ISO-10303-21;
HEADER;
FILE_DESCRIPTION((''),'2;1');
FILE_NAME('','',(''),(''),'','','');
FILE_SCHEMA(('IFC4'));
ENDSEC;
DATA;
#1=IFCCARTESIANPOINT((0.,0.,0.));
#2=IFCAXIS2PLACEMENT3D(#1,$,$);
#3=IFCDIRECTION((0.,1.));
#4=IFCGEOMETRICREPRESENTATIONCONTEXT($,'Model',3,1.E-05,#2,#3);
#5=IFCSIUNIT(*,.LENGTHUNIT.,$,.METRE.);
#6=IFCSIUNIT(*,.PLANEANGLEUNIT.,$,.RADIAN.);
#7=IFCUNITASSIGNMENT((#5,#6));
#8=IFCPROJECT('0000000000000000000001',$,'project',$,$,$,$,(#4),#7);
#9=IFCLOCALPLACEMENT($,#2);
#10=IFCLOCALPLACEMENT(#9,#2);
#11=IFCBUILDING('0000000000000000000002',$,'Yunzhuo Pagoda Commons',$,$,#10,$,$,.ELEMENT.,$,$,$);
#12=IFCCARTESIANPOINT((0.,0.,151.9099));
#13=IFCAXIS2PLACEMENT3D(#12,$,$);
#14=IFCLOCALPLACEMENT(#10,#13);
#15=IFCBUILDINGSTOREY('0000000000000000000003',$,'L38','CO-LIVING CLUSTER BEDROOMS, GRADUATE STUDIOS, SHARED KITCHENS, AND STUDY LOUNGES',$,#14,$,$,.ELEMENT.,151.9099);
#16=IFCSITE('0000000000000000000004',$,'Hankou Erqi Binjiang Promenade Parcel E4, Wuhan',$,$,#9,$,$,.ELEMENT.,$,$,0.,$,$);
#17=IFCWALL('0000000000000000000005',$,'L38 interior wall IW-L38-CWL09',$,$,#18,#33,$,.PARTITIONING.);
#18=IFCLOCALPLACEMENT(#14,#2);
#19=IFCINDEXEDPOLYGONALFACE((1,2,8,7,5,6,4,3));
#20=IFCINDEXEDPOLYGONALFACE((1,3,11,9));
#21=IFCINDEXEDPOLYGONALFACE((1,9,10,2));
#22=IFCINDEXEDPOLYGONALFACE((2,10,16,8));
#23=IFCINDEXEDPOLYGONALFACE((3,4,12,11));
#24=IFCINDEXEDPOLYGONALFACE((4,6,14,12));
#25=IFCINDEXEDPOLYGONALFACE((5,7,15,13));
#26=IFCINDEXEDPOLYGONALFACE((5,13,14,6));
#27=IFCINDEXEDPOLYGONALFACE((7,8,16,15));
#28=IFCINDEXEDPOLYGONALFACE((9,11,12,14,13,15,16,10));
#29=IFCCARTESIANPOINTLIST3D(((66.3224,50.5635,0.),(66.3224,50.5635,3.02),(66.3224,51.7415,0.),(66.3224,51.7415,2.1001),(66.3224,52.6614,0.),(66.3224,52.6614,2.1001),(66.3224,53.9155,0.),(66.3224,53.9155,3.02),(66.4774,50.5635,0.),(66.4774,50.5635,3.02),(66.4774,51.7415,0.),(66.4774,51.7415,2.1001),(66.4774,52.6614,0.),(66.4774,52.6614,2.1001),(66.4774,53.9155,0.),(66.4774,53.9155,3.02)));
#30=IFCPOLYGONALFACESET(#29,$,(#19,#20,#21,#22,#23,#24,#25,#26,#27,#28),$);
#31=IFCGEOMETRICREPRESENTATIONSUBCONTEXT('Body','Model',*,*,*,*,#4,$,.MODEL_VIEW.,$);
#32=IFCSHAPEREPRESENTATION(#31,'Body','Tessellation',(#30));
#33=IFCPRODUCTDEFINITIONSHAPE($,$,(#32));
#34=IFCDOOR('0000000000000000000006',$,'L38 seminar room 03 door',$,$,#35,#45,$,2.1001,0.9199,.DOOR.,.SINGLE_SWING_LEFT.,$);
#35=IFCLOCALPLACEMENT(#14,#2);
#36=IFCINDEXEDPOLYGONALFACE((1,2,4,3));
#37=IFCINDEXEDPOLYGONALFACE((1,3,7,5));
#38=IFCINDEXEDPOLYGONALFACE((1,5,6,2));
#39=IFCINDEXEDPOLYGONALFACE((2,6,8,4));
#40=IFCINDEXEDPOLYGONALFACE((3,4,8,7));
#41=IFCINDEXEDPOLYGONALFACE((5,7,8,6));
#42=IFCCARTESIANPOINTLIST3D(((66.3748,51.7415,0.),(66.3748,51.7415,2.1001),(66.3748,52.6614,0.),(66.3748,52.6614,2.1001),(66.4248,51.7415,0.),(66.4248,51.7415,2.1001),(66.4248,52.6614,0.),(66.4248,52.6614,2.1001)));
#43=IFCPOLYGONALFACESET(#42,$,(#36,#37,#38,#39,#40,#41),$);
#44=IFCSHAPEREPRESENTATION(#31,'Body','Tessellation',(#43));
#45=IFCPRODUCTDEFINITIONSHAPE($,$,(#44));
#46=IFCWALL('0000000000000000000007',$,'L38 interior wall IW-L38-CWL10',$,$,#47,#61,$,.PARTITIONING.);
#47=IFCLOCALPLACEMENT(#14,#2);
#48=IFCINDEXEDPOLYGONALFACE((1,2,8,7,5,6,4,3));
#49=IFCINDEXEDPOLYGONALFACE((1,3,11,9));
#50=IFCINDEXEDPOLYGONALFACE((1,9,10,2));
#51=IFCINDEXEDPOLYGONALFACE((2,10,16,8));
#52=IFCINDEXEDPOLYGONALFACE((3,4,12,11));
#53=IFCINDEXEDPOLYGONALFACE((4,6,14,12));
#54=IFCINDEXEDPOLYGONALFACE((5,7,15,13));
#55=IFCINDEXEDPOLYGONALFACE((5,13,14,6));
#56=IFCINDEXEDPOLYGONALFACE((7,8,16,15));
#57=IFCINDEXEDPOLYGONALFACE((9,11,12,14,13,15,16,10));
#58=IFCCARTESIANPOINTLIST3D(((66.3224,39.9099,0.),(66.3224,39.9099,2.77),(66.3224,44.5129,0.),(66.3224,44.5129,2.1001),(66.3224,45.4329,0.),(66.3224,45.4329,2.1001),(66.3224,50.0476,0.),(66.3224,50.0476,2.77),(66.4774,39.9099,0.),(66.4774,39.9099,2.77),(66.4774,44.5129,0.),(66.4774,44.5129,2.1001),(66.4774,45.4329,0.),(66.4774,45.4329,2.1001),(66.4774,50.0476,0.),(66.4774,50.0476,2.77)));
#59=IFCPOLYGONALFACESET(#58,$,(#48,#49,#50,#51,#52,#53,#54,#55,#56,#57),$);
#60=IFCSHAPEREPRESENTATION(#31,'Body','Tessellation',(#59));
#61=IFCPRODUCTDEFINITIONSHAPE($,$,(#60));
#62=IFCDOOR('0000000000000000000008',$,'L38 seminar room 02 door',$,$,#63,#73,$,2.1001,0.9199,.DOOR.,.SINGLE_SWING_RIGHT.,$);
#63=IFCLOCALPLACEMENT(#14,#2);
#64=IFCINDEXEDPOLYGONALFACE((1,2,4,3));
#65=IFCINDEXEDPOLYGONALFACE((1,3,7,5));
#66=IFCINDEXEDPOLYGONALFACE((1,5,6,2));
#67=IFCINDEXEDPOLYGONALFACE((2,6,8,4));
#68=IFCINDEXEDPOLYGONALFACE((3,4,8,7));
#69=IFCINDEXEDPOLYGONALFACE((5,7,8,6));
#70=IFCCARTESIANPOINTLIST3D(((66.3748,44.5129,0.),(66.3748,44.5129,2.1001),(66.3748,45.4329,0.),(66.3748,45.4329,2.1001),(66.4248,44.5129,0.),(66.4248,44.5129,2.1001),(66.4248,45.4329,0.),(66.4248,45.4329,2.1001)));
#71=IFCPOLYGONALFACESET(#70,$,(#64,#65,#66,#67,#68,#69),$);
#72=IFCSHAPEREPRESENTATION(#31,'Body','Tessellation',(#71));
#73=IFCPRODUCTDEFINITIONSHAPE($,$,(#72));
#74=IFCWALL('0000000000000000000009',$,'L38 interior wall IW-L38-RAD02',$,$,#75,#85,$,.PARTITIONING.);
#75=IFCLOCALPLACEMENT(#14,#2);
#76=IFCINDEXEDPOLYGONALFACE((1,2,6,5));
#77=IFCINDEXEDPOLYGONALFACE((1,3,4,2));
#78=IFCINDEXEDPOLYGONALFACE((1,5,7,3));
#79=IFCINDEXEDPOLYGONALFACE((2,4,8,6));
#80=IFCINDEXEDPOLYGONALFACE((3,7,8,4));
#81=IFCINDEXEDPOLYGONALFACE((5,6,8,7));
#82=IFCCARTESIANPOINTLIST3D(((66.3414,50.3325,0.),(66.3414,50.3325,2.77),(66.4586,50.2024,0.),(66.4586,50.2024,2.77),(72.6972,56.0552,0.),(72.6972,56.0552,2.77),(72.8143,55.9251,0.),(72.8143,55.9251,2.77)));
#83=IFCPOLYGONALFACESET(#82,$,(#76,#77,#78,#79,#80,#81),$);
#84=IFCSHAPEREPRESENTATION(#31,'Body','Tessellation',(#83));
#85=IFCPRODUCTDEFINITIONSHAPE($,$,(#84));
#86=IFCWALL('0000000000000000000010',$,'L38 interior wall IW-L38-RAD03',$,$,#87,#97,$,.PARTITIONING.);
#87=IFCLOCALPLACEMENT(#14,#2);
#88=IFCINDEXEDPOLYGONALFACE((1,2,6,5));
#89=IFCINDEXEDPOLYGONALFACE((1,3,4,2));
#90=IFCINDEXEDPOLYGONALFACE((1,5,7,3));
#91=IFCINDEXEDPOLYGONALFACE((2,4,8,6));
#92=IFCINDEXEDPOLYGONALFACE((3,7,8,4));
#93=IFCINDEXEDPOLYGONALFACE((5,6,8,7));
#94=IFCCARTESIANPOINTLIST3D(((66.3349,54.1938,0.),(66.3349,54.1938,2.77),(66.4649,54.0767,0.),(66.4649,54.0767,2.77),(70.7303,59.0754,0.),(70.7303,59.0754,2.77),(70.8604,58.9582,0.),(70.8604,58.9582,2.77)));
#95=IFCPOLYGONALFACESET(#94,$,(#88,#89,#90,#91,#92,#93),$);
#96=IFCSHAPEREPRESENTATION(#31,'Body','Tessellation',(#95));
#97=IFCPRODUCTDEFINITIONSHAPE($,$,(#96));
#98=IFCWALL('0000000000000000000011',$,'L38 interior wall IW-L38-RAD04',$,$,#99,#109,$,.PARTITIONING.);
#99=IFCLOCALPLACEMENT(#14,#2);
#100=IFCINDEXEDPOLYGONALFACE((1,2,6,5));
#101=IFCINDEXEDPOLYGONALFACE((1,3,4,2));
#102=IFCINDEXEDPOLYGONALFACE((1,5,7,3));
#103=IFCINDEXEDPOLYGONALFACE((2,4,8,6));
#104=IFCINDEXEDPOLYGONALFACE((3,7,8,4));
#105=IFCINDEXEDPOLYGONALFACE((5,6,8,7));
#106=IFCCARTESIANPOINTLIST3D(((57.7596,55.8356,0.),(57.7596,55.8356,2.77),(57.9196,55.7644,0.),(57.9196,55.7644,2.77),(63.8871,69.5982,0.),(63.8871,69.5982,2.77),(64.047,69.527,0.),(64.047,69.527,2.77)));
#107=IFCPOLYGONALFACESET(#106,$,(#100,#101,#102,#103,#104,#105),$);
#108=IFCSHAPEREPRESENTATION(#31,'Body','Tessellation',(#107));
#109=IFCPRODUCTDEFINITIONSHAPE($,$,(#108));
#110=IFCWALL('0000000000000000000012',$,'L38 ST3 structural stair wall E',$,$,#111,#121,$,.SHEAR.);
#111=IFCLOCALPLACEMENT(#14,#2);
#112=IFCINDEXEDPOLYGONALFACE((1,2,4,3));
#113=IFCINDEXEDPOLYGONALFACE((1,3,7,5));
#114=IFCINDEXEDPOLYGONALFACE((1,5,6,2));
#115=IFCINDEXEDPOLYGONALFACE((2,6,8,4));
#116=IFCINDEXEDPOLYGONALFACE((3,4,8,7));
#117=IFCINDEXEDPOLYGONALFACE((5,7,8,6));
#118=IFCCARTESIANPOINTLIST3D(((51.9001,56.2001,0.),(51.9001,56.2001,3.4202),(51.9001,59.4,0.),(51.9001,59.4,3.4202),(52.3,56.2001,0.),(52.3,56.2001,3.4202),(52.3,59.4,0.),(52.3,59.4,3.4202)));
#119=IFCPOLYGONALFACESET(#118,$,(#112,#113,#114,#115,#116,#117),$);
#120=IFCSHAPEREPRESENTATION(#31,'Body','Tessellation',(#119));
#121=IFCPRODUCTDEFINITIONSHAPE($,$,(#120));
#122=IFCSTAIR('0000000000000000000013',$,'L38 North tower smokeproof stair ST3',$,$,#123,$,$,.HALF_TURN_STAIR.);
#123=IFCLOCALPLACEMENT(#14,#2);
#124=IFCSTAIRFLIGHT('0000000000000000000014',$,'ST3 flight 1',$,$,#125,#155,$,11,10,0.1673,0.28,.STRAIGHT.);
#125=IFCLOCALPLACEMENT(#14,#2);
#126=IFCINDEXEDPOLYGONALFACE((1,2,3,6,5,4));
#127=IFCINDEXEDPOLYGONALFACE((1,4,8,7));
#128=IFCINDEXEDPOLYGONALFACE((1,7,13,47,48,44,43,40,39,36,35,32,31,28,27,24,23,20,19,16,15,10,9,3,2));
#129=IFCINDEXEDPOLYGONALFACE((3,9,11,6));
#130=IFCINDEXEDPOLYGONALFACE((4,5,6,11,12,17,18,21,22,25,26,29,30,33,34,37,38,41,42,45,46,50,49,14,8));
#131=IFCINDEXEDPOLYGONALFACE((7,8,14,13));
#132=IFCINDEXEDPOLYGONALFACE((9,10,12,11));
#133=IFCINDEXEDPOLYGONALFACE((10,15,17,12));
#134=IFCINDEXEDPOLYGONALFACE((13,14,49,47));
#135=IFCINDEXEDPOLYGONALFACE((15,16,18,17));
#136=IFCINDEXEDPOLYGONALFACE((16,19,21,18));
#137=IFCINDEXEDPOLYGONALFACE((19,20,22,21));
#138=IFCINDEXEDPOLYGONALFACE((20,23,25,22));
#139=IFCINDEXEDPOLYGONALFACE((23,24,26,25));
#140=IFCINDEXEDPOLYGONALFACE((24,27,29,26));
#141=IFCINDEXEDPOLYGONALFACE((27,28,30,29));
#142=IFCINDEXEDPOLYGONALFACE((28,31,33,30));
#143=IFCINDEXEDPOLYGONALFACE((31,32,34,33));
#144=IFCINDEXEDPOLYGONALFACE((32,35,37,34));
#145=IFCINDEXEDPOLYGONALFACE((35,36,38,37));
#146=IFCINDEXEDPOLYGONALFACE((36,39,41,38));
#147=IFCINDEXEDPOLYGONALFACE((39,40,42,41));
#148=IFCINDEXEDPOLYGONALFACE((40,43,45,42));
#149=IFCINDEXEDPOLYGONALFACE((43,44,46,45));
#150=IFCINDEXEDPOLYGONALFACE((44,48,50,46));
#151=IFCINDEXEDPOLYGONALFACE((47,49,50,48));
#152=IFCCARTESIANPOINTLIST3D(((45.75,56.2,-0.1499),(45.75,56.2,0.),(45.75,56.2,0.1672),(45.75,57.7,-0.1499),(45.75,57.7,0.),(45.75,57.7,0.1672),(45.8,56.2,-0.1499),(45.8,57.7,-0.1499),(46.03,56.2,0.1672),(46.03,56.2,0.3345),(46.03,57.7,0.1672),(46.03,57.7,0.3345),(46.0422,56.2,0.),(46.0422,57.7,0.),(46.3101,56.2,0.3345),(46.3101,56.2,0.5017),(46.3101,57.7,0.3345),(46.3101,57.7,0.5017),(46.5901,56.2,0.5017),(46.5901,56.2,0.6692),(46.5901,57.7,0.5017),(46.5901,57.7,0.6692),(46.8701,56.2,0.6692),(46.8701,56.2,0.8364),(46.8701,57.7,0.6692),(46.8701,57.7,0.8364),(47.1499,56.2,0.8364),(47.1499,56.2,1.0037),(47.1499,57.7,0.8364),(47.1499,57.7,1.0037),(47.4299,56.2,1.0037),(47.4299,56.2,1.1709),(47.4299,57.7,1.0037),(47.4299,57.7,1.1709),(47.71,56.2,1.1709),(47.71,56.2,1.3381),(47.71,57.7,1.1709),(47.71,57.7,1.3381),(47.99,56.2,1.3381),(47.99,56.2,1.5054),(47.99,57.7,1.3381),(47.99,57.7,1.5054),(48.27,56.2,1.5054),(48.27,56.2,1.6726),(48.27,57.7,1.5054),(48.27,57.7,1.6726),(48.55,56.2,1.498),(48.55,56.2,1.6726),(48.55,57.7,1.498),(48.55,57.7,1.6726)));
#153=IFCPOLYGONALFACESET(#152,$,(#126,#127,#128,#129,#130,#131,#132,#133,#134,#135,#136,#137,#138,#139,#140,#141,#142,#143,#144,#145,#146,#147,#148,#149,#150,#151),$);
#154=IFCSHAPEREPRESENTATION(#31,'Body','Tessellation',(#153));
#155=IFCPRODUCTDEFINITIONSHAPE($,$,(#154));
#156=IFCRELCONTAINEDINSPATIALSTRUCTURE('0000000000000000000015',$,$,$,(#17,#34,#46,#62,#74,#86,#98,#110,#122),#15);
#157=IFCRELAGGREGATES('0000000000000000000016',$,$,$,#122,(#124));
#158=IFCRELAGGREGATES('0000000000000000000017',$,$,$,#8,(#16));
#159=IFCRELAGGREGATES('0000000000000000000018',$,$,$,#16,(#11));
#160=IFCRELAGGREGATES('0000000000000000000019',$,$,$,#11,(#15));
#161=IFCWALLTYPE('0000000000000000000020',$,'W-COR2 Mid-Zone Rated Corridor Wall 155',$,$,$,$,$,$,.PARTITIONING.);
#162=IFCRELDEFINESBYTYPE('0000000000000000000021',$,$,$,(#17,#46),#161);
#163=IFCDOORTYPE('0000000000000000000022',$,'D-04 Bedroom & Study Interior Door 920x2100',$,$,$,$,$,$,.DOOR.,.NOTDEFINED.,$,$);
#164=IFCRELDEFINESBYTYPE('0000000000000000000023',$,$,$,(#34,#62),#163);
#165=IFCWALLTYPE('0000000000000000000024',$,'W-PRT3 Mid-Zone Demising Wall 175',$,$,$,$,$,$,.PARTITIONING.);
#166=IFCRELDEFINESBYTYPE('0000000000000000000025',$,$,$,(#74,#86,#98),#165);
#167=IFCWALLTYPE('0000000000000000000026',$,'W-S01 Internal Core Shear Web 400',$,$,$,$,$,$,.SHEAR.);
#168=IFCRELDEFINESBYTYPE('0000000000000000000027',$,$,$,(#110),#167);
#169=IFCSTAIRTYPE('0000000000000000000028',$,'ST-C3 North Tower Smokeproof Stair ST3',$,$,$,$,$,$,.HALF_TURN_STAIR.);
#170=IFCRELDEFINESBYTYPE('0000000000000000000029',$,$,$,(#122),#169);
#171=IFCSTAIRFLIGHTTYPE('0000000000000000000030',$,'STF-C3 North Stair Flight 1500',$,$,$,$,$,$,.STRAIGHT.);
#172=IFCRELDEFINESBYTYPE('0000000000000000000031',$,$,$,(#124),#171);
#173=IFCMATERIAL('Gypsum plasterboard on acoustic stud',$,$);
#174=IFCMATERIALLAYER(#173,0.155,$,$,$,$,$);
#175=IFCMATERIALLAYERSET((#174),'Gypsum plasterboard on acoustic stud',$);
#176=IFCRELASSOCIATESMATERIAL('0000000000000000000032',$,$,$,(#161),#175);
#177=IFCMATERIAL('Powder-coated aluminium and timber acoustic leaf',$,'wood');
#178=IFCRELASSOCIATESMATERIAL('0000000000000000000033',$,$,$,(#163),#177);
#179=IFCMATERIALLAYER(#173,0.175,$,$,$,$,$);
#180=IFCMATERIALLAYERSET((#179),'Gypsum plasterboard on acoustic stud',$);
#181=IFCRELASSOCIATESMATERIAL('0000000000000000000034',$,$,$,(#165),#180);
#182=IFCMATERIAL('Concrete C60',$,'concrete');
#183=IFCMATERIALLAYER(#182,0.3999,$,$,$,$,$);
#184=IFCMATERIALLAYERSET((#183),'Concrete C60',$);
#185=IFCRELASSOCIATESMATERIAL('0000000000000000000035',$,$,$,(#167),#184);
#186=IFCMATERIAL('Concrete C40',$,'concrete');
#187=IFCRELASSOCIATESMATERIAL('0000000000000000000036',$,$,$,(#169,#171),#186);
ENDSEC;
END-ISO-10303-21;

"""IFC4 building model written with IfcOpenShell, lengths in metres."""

from ifc_helpers import new_model, si_unit, direction, frame, frame_2d, origin, origin_with_axes, place, context, subcontext, project, spatial, polyline, rectangle, outline, extrude, source, transform, mapped, material, layer, layer_set, type_object, element, fill, aggregate, save


model = new_model("IFC4")

# Units and contexts
model_context = context("Model", 3, precision=1e-05, world=origin(), true_north=direction((0.0, 1.0)))
body_context = subcontext(model_context, "Body", "Model", "MODEL_VIEW")
ifc_project = project(units=[si_unit("LENGTHUNIT", "METRE"), si_unit("PLANEANGLEUNIT", "RADIAN")], contexts=[model_context])

# Site, building, storey
site_placement = place(None, origin())
site = spatial("IfcSite", under=ifc_project, at=site_placement, Name="Hankou Erqi Binjiang Promenade Parcel E4, Wuhan", CompositionType="ELEMENT", RefElevation=0.0)
building_placement = place(site_placement, origin())
building = spatial("IfcBuilding", under=site, at=building_placement, Name="Yunzhuo Pagoda Commons", CompositionType="ELEMENT")
storey_placement = place(building_placement, frame((0.0, 0.0, 151.9099)))
storey = spatial("IfcBuildingStorey", under=building, at=storey_placement, Name="L38", Description="CO-LIVING CLUSTER BEDROOMS, GRADUATE STUDIOS, SHARED KITCHENS, AND STUDY LOUNGES", CompositionType="ELEMENT", Elevation=151.9099)

# Shared definitions
ifc_material_1 = material(Name="Gypsum plasterboard on acoustic stud")
ifc_layer_1 = layer(ifc_material_1, 0.155)
ifc_layer_set_1 = layer_set([ifc_layer_1], Name="Gypsum plasterboard on acoustic stud")
wall_type_1 = type_object("IfcWallType", Name="W-COR2 Mid-Zone Rated Corridor Wall 155", PredefinedType="PARTITIONING", material=ifc_layer_set_1)

# Shared definitions
ifc_material_2 = material(Name="Powder-coated aluminium and timber acoustic leaf", Category="wood")
door_type = type_object("IfcDoorType", Name="D-04 Bedroom & Study Interior Door 920x2100", OperationType="NOTDEFINED", PredefinedType="DOOR", material=ifc_material_2)
shared_shape_1 = source(origin(), body_context, "Body", "SweptSolid", [
    extrude(rectangle(XDim=0.9199, YDim=2.1001, at=frame_2d((0.46, 1.05))), frame((0.0, 0.0249, 0.0), z_axis=(0.0, -1.0, 0.0), x_axis=(1.0, 0.0, 0.0)), (0.0, 0.0, 1.0), 0.05),
])

# Walls, openings, doors
wall_1_placement = place(storey_placement, frame((66.3999, 53.9155, 0.0), z_axis=(0.0, 0.0, 1.0), x_axis=(0.0, -1.0, 0.0)))
wall_1 = element("IfcWall", 1, at=wall_1_placement, inside=storey, type_object=wall_type_1, Name="L38 interior wall IW-L38-CWL09", PredefinedType="PARTITIONING", context=body_context, shape_type="SweptSolid", body=[
    extrude(rectangle(XDim=3.3521, YDim=0.155, at=frame_2d((1.676, 0.0))), origin(), (0.0, 0.0, 1.0), 3.02),
])
opening_1_placement = place(wall_1_placement, frame((1.2542, 0.0, 0.0)))
opening_1 = element("IfcOpeningElement", 2, at=opening_1_placement, cuts=wall_1, PredefinedType="OPENING", context=body_context, shape_type="SweptSolid", body=[
    extrude(rectangle(XDim=0.9199, YDim=2.1001, at=frame_2d((0.46, 1.05))), frame((0.0, 0.0874, 0.0), z_axis=(0.0, -1.0, 0.0), x_axis=(1.0, 0.0, 0.0)), (0.0, 0.0, 1.0), 0.175),
])
door_1_placement = place(opening_1_placement, origin_with_axes())
door_1 = element("IfcDoor", 3, at=door_1_placement, inside=storey, type_object=door_type, Name="L38 seminar room 03 door", OperationType="SINGLE_SWING_LEFT", OverallHeight=2.1001, OverallWidth=0.9199, PredefinedType="DOOR", context=body_context, shape_type="MappedRepresentation", body=[
    mapped(shared_shape_1, transform((0.0, 0.0, 0.0), scale=1.0)),
])
fill(opening_1, door_1)
wall_2_placement = place(storey_placement, frame((66.3999, 50.0476, 0.0), z_axis=(0.0, 0.0, 1.0), x_axis=(0.0, -1.0, 0.0)))
wall_2 = element("IfcWall", 4, at=wall_2_placement, inside=storey, type_object=wall_type_1, Name="L38 interior wall IW-L38-CWL10", PredefinedType="PARTITIONING", context=body_context, shape_type="SweptSolid", body=[
    extrude(rectangle(XDim=10.1377, YDim=0.155, at=frame_2d((5.0688, 0.0))), origin(), (0.0, 0.0, 1.0), 2.77),
])
opening_2_placement = place(wall_2_placement, frame((4.6147, 0.0, 0.0)))
opening_2 = element("IfcOpeningElement", 5, at=opening_2_placement, cuts=wall_2, PredefinedType="OPENING", context=body_context, shape_type="SweptSolid", body=[
    extrude(rectangle(XDim=0.9199, YDim=2.1001, at=frame_2d((0.46, 1.05))), frame((0.0, 0.0874, 0.0), z_axis=(0.0, -1.0, 0.0), x_axis=(1.0, 0.0, 0.0)), (0.0, 0.0, 1.0), 0.175),
])
door_2_placement = place(opening_2_placement, origin_with_axes())
door_2 = element("IfcDoor", 6, at=door_2_placement, inside=storey, type_object=door_type, Name="L38 seminar room 02 door", OperationType="SINGLE_SWING_RIGHT", OverallHeight=2.1001, OverallWidth=0.9199, PredefinedType="DOOR", context=body_context, shape_type="MappedRepresentation", body=[
    mapped(shared_shape_1, transform((0.0, 0.0, 0.0), scale=1.0)),
])
fill(opening_2, door_2)

# Walls
ifc_layer_2 = layer(ifc_material_1, 0.175)
ifc_layer_set_2 = layer_set([ifc_layer_2], Name="Gypsum plasterboard on acoustic stud")
wall_type_2 = type_object("IfcWallType", Name="W-PRT3 Mid-Zone Demising Wall 175", PredefinedType="PARTITIONING", material=ifc_layer_set_2)
wall_3_placement = place(storey_placement, frame((66.3999, 50.2673, 0.0), z_axis=(0.0, 0.0, 1.0), x_axis=(0.743148, 0.669127, 0.0)))
element("IfcWall", 7, at=wall_3_placement, inside=storey, type_object=wall_type_2, Name="L38 interior wall IW-L38-RAD02", PredefinedType="PARTITIONING", context=body_context, shape_type="SweptSolid", body=[
    extrude(rectangle(XDim=8.5525, YDim=0.175, at=frame_2d((4.2764, 0.0))), origin(), (0.0, 0.0, 1.0), 2.77),
])
wall_4_placement = place(storey_placement, frame((66.3999, 54.1353, 0.0), z_axis=(0.0, 0.0, 1.0), x_axis=(0.669139, 0.743137, 0.0)))
element("IfcWall", 8, at=wall_4_placement, inside=storey, type_object=wall_type_2, Name="L38 interior wall IW-L38-RAD03", PredefinedType="PARTITIONING", context=body_context, shape_type="SweptSolid", body=[
    extrude(rectangle(XDim=6.5688, YDim=0.175, at=frame_2d((3.2844, 0.0))), origin(), (0.0, 0.0, 1.0), 2.77),
])
wall_5_placement = place(storey_placement, frame((57.8396, 55.8, 0.0), z_axis=(0.0, 0.0, 1.0), x_axis=(0.406737, 0.913545, 0.0)))
element("IfcWall", 9, at=wall_5_placement, inside=storey, type_object=wall_type_2, Name="L38 interior wall IW-L38-RAD04", PredefinedType="PARTITIONING", context=body_context, shape_type="SweptSolid", body=[
    extrude(rectangle(XDim=15.0649, YDim=0.175, at=frame_2d((7.5325, 0.0))), origin(), (0.0, 0.0, 1.0), 2.77),
])
ifc_material_3 = material(Name="Concrete C60", Category="concrete")
ifc_layer_3 = layer(ifc_material_3, 0.3999)
ifc_layer_set_3 = layer_set([ifc_layer_3], Name="Concrete C60")
wall_type_3 = type_object("IfcWallType", Name="W-S01 Internal Core Shear Web 400", PredefinedType="SHEAR", material=ifc_layer_set_3)
wall_6_placement = place(storey_placement, frame((52.1001, 56.2, 0.0), z_axis=(0.0, 0.0, 1.0), x_axis=(0.0, 1.0, 0.0)))
element("IfcWall", 10, at=wall_6_placement, inside=storey, type_object=wall_type_3, Name="L38 ST3 structural stair wall E", PredefinedType="SHEAR", context=body_context, shape_type="SweptSolid", body=[
    extrude(rectangle(XDim=3.2, YDim=0.3999, at=frame_2d((1.6001, 0.0))), origin(), (0.0, 0.0, 1.0), 3.4202),
])

# Stair, stair flight
ifc_material_4 = material(Name="Concrete C40", Category="concrete")
stair_type = type_object("IfcStairType", Name="ST-C3 North Tower Smokeproof Stair ST3", PredefinedType="HALF_TURN_STAIR", material=ifc_material_4)
stair_placement = place(storey_placement, origin())
stair = element("IfcStair", 11, at=stair_placement, inside=storey, type_object=stair_type, Name="L38 North tower smokeproof stair ST3", PredefinedType="HALF_TURN_STAIR")
stair_flight_type = type_object("IfcStairFlightType", Name="STF-C3 North Stair Flight 1500", PredefinedType="STRAIGHT", material=ifc_material_4)
shared_shape_2 = source(origin(), body_context, "Body", "SweptSolid", [
    extrude(outline(polyline([(0.0, -0.1499), (0.0, 0.0), (0.0, 0.1672), (0.28, 0.1672), (0.28, 0.3345), (0.5601, 0.3345), (0.5601, 0.5017), (0.8401, 0.5017), (0.8401, 0.6692), (1.1201, 0.6692), (1.1201, 0.8364), (1.3999, 0.8364), (1.3999, 1.0037), (1.6799, 1.0037), (1.6799, 1.1709), (1.96, 1.1709), (1.96, 1.3381), (2.24, 1.3381), (2.24, 1.5054), (2.52, 1.5054), (2.52, 1.6726), (2.8, 1.6726), (2.8, 1.8401), (2.8, 1.498), (0.2922, 0.0), (0.05, -0.1499), (0.0, -0.1499)])), frame((0.0, 0.75, 0.0), z_axis=(0.0, -1.0, 0.0), x_axis=(1.0, 0.0, 0.0)), (0.0, 0.0, 1.0), 1.5),
])
stair_flight_placement = place(storey_placement, frame((45.75, 56.95, 0.0), z_axis=(0.0, 0.0, 1.0), x_axis=(1.0, 0.0, 0.0)))
stair_flight = element("IfcStairFlight", 12, at=stair_flight_placement, type_object=stair_flight_type, Name="ST3 flight 1", NumberOfRisers=11, NumberOfTreads=10, PredefinedType="STRAIGHT", RiserHeight=0.1673, TreadLength=0.28, context=body_context, shape_type="MappedRepresentation", body=[
    mapped(shared_shape_2, transform((0.0, 0.0, 0.0), scale=1.0)),
])
aggregate(stair, [stair_flight])

save(model, "model.ifc")
